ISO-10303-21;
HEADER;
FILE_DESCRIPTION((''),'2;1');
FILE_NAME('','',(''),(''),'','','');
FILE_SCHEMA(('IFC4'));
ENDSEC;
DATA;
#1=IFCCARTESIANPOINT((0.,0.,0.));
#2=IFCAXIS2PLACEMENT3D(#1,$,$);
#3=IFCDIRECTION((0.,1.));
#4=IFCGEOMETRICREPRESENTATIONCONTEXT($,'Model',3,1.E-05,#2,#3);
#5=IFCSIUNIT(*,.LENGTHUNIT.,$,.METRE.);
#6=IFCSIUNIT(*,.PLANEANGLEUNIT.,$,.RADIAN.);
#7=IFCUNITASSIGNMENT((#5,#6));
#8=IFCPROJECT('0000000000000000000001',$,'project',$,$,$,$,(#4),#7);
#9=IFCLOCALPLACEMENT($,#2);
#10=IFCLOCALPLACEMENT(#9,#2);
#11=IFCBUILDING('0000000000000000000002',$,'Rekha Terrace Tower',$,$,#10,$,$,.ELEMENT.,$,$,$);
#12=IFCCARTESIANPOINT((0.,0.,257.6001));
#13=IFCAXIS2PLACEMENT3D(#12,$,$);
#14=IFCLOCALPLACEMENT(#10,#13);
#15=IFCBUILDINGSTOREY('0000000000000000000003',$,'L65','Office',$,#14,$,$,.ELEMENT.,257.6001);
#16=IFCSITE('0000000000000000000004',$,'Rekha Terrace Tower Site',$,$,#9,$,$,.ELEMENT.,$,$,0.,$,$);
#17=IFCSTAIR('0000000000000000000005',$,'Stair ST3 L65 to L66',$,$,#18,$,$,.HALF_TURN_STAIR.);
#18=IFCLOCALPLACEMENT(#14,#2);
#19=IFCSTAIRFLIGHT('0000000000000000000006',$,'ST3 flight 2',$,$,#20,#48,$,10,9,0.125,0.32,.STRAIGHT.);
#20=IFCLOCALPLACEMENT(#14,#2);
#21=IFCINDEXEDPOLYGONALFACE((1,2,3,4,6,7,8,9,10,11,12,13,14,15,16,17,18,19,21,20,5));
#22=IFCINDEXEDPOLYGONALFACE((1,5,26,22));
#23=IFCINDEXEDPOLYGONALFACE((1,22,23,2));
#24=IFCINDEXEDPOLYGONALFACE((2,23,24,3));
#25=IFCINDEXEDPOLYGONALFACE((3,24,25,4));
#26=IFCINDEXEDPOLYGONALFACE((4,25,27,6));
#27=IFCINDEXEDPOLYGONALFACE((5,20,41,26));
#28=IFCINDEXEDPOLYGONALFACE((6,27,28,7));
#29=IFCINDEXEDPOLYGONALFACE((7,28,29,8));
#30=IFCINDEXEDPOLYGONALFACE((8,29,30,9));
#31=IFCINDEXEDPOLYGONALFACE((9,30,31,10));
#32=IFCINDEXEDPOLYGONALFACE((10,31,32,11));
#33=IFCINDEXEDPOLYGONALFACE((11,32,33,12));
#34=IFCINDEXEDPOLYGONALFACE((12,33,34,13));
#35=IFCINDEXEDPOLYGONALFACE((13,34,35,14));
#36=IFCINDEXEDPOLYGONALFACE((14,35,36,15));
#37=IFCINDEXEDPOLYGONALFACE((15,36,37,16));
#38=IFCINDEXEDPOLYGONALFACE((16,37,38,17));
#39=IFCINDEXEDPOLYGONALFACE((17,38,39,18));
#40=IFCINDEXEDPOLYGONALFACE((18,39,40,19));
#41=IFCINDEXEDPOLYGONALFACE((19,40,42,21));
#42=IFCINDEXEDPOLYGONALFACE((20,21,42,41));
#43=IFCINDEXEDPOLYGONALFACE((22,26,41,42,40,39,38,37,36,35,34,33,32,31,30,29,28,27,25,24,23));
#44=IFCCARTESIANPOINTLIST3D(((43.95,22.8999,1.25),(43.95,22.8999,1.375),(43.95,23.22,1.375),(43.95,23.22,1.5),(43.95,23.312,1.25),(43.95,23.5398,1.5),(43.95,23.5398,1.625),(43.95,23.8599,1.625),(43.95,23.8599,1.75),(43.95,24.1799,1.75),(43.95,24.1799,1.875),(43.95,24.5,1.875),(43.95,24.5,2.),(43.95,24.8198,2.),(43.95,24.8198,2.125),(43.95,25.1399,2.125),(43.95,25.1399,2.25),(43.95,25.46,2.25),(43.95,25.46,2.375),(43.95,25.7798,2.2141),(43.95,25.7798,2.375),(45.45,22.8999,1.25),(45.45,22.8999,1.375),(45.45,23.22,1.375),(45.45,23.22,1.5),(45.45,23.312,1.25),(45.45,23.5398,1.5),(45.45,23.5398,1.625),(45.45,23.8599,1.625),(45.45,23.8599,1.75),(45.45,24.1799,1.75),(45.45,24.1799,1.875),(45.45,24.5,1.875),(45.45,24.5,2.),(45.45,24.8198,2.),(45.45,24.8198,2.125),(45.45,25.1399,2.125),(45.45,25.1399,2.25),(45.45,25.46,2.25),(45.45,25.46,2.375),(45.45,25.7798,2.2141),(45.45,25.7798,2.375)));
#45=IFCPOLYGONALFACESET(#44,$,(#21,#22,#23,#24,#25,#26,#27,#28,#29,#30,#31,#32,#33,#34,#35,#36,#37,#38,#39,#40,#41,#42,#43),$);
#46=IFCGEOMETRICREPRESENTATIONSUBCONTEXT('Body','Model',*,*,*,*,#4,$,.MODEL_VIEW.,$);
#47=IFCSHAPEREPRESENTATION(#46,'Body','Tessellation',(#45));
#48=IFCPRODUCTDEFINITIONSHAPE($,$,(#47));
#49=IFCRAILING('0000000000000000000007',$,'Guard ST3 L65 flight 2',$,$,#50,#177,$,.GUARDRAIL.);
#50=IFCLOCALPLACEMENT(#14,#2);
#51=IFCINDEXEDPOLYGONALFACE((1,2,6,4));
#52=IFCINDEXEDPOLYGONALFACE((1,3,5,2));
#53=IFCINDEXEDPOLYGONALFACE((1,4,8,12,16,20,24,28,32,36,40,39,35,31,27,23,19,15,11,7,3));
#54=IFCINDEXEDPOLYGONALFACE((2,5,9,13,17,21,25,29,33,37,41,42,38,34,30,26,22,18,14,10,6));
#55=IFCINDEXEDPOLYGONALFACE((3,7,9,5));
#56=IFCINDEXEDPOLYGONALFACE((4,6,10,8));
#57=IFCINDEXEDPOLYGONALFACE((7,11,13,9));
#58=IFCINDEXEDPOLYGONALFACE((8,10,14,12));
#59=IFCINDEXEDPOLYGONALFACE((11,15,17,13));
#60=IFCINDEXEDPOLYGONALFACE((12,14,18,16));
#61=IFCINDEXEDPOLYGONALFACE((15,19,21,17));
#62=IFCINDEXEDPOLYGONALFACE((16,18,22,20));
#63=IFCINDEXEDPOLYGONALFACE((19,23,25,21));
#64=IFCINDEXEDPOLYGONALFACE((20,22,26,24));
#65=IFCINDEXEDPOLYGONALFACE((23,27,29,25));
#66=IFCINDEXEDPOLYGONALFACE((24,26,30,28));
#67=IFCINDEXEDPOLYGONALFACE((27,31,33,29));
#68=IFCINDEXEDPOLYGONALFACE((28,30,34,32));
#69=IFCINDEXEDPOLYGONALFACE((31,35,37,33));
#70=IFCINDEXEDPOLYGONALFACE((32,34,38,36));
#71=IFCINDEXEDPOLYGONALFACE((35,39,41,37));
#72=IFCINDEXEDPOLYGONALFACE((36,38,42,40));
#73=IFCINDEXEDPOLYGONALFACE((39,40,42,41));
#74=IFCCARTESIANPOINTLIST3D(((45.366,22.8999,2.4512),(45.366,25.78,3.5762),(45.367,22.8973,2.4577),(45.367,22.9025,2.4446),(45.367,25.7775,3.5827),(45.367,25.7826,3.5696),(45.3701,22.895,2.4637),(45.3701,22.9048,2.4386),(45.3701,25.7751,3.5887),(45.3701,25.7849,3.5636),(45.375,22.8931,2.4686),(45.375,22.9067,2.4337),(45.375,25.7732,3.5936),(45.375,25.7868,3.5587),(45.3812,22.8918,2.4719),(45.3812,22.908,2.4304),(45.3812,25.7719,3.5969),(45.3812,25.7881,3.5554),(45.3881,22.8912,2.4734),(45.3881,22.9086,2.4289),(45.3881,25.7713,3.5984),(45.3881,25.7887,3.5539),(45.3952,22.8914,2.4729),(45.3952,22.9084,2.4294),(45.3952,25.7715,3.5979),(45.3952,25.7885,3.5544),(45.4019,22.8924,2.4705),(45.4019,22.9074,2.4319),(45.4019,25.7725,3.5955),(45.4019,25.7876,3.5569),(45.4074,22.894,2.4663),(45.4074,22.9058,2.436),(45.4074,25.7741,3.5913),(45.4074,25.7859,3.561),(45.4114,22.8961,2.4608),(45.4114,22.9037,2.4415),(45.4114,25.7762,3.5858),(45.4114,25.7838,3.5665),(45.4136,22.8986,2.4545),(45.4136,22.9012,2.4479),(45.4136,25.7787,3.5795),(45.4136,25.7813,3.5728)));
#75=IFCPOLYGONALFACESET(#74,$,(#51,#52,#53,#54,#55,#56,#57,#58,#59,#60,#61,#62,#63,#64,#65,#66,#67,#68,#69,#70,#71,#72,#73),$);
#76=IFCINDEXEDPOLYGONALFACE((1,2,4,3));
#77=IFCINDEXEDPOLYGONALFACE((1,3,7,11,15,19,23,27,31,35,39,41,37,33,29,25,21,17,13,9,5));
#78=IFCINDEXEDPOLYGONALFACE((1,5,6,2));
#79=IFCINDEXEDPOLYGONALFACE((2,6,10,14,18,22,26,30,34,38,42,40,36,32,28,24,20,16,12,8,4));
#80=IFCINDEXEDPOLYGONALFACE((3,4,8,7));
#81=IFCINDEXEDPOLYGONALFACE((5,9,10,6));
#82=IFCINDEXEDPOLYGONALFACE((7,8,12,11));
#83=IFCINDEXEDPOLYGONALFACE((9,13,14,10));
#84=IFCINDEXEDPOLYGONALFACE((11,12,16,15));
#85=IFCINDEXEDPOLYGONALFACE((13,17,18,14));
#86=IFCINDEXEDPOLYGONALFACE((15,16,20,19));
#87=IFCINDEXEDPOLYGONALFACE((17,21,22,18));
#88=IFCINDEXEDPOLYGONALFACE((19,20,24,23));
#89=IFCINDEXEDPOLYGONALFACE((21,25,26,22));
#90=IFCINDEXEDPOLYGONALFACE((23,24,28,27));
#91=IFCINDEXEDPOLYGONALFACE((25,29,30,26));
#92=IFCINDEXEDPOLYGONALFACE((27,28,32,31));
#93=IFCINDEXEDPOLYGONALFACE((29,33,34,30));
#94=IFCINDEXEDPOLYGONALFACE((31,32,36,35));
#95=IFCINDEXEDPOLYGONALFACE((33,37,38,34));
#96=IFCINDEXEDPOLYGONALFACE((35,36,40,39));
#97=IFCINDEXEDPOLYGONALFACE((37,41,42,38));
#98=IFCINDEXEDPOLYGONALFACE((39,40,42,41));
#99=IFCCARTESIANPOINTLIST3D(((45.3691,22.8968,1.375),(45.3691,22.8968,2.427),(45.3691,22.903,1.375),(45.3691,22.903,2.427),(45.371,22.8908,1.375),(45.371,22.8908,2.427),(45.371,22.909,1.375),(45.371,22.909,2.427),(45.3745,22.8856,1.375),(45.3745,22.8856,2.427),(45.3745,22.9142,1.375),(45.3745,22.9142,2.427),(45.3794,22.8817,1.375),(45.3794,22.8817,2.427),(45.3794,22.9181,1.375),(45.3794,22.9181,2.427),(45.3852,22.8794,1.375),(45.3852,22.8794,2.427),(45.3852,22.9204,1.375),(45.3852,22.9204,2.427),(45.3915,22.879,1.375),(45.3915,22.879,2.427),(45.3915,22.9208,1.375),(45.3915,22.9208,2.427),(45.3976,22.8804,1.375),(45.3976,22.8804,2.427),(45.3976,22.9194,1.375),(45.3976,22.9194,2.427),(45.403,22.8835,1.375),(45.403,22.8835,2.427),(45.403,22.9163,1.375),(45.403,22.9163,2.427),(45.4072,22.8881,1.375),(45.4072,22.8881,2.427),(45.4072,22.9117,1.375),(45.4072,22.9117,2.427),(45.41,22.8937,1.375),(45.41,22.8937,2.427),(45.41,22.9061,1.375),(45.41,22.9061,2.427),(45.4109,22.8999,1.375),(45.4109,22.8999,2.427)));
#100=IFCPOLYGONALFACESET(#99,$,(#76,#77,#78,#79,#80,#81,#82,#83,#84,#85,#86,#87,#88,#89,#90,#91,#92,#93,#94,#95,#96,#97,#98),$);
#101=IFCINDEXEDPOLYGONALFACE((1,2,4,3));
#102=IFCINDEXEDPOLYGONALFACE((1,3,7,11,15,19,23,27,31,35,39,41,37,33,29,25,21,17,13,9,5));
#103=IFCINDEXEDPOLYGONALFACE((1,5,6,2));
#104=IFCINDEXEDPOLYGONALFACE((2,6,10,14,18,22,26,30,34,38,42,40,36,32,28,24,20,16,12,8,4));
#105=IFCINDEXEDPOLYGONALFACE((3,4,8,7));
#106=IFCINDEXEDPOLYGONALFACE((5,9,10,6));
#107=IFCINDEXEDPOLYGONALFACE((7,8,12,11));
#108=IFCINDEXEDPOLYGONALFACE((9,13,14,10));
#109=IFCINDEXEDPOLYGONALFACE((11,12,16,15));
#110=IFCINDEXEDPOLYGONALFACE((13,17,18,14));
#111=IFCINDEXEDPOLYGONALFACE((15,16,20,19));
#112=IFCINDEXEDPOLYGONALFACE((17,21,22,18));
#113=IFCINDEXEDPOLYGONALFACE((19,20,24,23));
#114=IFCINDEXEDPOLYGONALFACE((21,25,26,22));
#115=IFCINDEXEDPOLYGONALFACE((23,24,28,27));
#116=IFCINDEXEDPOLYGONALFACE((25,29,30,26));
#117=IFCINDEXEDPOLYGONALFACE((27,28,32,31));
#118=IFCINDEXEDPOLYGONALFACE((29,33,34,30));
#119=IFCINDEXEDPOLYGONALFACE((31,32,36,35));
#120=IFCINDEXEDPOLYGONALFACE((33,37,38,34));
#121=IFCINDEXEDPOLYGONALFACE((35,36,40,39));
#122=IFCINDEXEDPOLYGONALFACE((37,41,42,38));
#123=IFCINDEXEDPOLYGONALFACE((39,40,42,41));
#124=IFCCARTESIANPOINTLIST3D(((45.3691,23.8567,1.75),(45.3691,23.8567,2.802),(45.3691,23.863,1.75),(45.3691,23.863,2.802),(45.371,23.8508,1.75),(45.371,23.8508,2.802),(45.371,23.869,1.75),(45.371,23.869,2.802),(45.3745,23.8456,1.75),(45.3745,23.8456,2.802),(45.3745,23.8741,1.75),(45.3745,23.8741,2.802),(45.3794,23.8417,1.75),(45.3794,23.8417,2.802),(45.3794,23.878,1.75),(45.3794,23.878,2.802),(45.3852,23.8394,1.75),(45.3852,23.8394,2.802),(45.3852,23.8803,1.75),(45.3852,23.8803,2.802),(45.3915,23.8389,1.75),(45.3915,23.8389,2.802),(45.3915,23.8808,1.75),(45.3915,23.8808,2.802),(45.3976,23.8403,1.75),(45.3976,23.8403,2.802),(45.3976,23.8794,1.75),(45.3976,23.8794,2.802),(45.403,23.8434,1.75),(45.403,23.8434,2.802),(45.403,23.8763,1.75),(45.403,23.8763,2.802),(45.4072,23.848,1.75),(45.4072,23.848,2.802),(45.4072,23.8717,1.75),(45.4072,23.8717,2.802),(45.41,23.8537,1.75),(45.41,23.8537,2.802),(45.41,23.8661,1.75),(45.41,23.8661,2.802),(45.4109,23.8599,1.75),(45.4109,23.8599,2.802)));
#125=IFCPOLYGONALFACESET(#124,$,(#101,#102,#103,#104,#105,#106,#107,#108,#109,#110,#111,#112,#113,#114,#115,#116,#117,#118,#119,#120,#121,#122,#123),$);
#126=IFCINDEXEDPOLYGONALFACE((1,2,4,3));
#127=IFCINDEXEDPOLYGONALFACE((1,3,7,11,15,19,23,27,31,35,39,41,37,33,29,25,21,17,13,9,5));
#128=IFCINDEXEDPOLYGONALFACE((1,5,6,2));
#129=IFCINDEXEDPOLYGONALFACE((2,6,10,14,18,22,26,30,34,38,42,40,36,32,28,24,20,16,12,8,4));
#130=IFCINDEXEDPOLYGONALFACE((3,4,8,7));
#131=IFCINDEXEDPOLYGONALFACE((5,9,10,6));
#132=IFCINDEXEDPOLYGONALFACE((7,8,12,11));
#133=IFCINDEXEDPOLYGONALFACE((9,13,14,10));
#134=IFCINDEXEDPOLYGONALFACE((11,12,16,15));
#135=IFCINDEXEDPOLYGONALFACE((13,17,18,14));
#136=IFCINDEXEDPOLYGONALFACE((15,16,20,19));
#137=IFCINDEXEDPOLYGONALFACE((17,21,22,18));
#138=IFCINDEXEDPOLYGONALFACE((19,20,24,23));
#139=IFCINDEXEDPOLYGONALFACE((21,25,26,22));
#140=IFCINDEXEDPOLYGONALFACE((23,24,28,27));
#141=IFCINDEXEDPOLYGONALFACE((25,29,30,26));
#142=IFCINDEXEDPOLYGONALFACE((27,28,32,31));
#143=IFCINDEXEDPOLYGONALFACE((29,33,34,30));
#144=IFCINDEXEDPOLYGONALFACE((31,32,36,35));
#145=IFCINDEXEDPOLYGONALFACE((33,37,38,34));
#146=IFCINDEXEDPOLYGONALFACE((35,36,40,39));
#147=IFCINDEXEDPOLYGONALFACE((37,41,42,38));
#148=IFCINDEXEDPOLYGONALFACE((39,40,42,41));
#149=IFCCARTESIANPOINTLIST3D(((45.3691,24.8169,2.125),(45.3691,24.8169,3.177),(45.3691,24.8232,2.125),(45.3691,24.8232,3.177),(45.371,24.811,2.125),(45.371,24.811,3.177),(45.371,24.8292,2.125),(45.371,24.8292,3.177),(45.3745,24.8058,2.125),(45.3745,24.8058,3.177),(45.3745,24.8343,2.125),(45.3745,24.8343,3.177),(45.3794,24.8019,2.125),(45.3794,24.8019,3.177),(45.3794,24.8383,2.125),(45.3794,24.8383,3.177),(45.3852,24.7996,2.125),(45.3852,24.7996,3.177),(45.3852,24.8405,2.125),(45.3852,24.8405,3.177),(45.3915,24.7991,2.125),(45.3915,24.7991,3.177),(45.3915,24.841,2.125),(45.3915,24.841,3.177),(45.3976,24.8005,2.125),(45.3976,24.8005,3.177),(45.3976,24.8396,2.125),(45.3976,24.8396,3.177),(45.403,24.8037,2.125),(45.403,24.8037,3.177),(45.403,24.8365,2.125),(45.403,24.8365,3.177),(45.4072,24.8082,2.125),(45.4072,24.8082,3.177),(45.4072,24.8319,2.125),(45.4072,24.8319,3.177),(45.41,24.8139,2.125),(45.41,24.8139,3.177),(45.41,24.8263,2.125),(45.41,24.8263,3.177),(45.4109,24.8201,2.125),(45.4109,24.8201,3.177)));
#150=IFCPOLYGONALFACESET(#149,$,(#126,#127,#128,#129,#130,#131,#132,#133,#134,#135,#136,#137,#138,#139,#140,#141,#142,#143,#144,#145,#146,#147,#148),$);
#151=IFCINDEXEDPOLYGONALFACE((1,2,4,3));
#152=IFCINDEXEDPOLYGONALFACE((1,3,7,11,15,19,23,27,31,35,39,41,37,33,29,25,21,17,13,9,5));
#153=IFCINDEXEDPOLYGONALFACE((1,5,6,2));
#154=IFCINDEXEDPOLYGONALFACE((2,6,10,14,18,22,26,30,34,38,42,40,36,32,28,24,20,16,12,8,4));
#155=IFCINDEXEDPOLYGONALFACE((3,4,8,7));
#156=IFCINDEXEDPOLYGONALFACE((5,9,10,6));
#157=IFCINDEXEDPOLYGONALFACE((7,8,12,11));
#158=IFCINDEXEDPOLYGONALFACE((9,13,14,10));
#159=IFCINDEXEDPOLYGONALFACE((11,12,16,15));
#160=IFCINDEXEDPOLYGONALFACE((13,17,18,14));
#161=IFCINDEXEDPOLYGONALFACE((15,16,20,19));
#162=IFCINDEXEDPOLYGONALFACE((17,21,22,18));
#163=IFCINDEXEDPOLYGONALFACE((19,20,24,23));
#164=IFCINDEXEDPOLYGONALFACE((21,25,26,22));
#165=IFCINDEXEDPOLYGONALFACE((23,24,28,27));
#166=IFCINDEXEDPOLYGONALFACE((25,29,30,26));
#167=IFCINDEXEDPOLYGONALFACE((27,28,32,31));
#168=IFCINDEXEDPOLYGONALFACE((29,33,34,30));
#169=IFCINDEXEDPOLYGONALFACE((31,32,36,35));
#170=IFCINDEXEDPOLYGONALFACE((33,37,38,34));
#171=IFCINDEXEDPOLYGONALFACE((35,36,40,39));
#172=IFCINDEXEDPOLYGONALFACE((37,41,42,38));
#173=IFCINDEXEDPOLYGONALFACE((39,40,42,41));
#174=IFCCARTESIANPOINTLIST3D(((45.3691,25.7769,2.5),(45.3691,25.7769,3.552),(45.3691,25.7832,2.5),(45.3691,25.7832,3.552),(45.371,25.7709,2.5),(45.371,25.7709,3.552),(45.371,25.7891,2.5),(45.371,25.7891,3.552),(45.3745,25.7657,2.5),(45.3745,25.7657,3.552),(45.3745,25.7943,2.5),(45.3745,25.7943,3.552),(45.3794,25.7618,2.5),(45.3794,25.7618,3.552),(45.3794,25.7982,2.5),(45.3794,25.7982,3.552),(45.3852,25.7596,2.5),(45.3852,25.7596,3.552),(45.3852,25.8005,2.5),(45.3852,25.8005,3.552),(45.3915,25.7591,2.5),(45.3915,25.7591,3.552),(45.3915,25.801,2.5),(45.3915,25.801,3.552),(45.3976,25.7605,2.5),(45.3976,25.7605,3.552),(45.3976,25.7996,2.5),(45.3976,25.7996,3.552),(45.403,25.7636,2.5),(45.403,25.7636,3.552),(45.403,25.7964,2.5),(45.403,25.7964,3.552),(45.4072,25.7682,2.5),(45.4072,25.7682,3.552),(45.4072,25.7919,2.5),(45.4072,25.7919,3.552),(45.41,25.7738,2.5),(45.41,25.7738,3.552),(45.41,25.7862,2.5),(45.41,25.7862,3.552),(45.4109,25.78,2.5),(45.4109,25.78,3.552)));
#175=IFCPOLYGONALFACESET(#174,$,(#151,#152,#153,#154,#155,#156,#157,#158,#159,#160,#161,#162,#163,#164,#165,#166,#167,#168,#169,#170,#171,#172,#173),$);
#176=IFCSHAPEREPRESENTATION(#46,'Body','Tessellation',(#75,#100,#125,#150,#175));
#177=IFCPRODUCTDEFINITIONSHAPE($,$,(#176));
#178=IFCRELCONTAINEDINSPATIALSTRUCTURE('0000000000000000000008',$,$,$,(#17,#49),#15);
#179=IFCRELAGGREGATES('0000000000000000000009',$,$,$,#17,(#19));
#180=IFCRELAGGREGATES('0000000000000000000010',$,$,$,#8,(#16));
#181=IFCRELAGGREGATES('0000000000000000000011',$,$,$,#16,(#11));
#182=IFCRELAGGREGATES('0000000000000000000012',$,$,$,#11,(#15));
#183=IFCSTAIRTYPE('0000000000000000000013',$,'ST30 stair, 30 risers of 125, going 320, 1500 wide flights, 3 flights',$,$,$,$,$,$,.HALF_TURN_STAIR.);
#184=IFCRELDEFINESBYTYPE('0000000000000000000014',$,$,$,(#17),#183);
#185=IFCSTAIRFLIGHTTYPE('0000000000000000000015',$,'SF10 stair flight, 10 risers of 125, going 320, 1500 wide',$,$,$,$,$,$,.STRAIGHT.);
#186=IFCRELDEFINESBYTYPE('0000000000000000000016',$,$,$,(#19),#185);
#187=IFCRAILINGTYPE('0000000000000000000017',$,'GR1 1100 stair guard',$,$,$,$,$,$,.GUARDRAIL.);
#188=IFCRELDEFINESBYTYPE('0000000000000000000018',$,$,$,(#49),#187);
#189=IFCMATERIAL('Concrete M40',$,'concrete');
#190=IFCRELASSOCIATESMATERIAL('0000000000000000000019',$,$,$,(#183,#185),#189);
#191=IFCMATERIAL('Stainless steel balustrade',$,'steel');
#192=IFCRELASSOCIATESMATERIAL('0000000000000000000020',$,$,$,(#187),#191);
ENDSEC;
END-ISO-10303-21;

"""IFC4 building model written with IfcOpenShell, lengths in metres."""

from ifc_helpers import new_model, si_unit, direction, frame, origin, origin_2d, place, context, subcontext, project, spatial, polyline, circle, outline, extrude, material, type_object, element, aggregate, save


model = new_model("IFC4")

# Units and contexts
model_context = context("Model", 3, precision=1e-05, world=origin(), true_north=direction((0.0, 1.0)))
body_context = subcontext(model_context, "Body", "Model", "MODEL_VIEW")
ifc_project = project(units=[si_unit("LENGTHUNIT", "METRE"), si_unit("PLANEANGLEUNIT", "RADIAN")], contexts=[model_context])

# Site, building, storey
site_placement = place(None, origin())
site = spatial("IfcSite", under=ifc_project, at=site_placement, Name="Rekha Terrace Tower Site", CompositionType="ELEMENT", RefElevation=0.0)
building_placement = place(site_placement, origin())
building = spatial("IfcBuilding", under=site, at=building_placement, Name="Rekha Terrace Tower", CompositionType="ELEMENT")
storey_placement = place(building_placement, frame((0.0, 0.0, 257.6001)))
storey = spatial("IfcBuildingStorey", under=building, at=storey_placement, Name="L65", Description="Office", CompositionType="ELEMENT", Elevation=257.6001)

# Stair, stair flight
ifc_material_1 = material(Name="Concrete M40", Category="concrete")
stair_type = type_object("IfcStairType", Name="ST30 stair, 30 risers of 125, going 320, 1500 wide flights, 3 flights", PredefinedType="HALF_TURN_STAIR", material=ifc_material_1)
stair_placement = place(storey_placement, origin())
stair = element("IfcStair", 1, at=stair_placement, inside=storey, type_object=stair_type, Name="Stair ST3 L65 to L66", PredefinedType="HALF_TURN_STAIR")
stair_flight_type = type_object("IfcStairFlightType", Name="SF10 stair flight, 10 risers of 125, going 320, 1500 wide", PredefinedType="STRAIGHT", material=ifc_material_1)
stair_flight_placement = place(storey_placement, frame((44.7, 22.8999, 1.25), z_axis=(0.0, 0.0, 1.0), x_axis=(0.0, 1.0, 0.0)))
stair_flight = element("IfcStairFlight", 2, at=stair_flight_placement, type_object=stair_flight_type, Name="ST3 flight 2", NumberOfRisers=10, NumberOfTreads=9, PredefinedType="STRAIGHT", RiserHeight=0.125, TreadLength=0.32, context=body_context, shape_type="SweptSolid", body=[
    extrude(outline(polyline([(0.0, 0.0), (0.0, 0.125), (0.3201, 0.125), (0.3201, 0.25), (0.6399, 0.25), (0.6399, 0.375), (0.96, 0.375), (0.96, 0.5), (1.28, 0.5), (1.28, 0.625), (1.6001, 0.625), (1.6001, 0.75), (1.9199, 0.75), (1.9199, 0.875), (2.24, 0.875), (2.24, 1.0), (2.5601, 1.0), (2.5601, 1.125), (2.8799, 1.125), (2.8799, 1.25), (2.8799, 0.9641), (0.4121, 0.0), (0.0, 0.0)])), frame((0.0, 0.75, 0.0), z_axis=(0.0, -1.0, 0.0), x_axis=(1.0, 0.0, 0.0)), (0.0, 0.0, 1.0), 1.5),
])
aggregate(stair, [stair_flight])

# Railing
ifc_material_2 = material(Name="Stainless steel balustrade", Category="steel")
railing_type_1 = type_object("IfcRailingType", Name="GR1 1100 stair guard", PredefinedType="GUARDRAIL", material=ifc_material_2)
railing_1_placement = place(storey_placement, frame((45.3899, 22.8999, 1.375)))
element("IfcRailing", 3, at=railing_1_placement, inside=storey, type_object=railing_type_1, Name="Guard ST3 L65 flight 2", PredefinedType="GUARDRAIL", context=body_context, shape_type="SweptSolid", body=[
    extrude(circle(Radius=0.0239, at=origin_2d()), frame((0.0, 0.0, 1.0762), z_axis=(0.0, 0.931463, 0.363837), x_axis=(-1.0, 0.0, 0.0)), (0.0, 0.0, 1.0), 3.092),
    extrude(circle(Radius=0.021, at=origin_2d()), origin(), (0.0, 0.0, 1.0), 1.052),
    extrude(circle(Radius=0.021, at=origin_2d()), frame((0.0, 0.96, 0.375)), (0.0, 0.0, 1.0), 1.052),
    extrude(circle(Radius=0.021, at=origin_2d()), frame((0.0, 1.9202, 0.75)), (0.0, 0.0, 1.0), 1.052),
    extrude(circle(Radius=0.021, at=origin_2d()), frame((0.0, 2.8801, 1.125)), (0.0, 0.0, 1.0), 1.052),
])

save(model, "model.ifc")
